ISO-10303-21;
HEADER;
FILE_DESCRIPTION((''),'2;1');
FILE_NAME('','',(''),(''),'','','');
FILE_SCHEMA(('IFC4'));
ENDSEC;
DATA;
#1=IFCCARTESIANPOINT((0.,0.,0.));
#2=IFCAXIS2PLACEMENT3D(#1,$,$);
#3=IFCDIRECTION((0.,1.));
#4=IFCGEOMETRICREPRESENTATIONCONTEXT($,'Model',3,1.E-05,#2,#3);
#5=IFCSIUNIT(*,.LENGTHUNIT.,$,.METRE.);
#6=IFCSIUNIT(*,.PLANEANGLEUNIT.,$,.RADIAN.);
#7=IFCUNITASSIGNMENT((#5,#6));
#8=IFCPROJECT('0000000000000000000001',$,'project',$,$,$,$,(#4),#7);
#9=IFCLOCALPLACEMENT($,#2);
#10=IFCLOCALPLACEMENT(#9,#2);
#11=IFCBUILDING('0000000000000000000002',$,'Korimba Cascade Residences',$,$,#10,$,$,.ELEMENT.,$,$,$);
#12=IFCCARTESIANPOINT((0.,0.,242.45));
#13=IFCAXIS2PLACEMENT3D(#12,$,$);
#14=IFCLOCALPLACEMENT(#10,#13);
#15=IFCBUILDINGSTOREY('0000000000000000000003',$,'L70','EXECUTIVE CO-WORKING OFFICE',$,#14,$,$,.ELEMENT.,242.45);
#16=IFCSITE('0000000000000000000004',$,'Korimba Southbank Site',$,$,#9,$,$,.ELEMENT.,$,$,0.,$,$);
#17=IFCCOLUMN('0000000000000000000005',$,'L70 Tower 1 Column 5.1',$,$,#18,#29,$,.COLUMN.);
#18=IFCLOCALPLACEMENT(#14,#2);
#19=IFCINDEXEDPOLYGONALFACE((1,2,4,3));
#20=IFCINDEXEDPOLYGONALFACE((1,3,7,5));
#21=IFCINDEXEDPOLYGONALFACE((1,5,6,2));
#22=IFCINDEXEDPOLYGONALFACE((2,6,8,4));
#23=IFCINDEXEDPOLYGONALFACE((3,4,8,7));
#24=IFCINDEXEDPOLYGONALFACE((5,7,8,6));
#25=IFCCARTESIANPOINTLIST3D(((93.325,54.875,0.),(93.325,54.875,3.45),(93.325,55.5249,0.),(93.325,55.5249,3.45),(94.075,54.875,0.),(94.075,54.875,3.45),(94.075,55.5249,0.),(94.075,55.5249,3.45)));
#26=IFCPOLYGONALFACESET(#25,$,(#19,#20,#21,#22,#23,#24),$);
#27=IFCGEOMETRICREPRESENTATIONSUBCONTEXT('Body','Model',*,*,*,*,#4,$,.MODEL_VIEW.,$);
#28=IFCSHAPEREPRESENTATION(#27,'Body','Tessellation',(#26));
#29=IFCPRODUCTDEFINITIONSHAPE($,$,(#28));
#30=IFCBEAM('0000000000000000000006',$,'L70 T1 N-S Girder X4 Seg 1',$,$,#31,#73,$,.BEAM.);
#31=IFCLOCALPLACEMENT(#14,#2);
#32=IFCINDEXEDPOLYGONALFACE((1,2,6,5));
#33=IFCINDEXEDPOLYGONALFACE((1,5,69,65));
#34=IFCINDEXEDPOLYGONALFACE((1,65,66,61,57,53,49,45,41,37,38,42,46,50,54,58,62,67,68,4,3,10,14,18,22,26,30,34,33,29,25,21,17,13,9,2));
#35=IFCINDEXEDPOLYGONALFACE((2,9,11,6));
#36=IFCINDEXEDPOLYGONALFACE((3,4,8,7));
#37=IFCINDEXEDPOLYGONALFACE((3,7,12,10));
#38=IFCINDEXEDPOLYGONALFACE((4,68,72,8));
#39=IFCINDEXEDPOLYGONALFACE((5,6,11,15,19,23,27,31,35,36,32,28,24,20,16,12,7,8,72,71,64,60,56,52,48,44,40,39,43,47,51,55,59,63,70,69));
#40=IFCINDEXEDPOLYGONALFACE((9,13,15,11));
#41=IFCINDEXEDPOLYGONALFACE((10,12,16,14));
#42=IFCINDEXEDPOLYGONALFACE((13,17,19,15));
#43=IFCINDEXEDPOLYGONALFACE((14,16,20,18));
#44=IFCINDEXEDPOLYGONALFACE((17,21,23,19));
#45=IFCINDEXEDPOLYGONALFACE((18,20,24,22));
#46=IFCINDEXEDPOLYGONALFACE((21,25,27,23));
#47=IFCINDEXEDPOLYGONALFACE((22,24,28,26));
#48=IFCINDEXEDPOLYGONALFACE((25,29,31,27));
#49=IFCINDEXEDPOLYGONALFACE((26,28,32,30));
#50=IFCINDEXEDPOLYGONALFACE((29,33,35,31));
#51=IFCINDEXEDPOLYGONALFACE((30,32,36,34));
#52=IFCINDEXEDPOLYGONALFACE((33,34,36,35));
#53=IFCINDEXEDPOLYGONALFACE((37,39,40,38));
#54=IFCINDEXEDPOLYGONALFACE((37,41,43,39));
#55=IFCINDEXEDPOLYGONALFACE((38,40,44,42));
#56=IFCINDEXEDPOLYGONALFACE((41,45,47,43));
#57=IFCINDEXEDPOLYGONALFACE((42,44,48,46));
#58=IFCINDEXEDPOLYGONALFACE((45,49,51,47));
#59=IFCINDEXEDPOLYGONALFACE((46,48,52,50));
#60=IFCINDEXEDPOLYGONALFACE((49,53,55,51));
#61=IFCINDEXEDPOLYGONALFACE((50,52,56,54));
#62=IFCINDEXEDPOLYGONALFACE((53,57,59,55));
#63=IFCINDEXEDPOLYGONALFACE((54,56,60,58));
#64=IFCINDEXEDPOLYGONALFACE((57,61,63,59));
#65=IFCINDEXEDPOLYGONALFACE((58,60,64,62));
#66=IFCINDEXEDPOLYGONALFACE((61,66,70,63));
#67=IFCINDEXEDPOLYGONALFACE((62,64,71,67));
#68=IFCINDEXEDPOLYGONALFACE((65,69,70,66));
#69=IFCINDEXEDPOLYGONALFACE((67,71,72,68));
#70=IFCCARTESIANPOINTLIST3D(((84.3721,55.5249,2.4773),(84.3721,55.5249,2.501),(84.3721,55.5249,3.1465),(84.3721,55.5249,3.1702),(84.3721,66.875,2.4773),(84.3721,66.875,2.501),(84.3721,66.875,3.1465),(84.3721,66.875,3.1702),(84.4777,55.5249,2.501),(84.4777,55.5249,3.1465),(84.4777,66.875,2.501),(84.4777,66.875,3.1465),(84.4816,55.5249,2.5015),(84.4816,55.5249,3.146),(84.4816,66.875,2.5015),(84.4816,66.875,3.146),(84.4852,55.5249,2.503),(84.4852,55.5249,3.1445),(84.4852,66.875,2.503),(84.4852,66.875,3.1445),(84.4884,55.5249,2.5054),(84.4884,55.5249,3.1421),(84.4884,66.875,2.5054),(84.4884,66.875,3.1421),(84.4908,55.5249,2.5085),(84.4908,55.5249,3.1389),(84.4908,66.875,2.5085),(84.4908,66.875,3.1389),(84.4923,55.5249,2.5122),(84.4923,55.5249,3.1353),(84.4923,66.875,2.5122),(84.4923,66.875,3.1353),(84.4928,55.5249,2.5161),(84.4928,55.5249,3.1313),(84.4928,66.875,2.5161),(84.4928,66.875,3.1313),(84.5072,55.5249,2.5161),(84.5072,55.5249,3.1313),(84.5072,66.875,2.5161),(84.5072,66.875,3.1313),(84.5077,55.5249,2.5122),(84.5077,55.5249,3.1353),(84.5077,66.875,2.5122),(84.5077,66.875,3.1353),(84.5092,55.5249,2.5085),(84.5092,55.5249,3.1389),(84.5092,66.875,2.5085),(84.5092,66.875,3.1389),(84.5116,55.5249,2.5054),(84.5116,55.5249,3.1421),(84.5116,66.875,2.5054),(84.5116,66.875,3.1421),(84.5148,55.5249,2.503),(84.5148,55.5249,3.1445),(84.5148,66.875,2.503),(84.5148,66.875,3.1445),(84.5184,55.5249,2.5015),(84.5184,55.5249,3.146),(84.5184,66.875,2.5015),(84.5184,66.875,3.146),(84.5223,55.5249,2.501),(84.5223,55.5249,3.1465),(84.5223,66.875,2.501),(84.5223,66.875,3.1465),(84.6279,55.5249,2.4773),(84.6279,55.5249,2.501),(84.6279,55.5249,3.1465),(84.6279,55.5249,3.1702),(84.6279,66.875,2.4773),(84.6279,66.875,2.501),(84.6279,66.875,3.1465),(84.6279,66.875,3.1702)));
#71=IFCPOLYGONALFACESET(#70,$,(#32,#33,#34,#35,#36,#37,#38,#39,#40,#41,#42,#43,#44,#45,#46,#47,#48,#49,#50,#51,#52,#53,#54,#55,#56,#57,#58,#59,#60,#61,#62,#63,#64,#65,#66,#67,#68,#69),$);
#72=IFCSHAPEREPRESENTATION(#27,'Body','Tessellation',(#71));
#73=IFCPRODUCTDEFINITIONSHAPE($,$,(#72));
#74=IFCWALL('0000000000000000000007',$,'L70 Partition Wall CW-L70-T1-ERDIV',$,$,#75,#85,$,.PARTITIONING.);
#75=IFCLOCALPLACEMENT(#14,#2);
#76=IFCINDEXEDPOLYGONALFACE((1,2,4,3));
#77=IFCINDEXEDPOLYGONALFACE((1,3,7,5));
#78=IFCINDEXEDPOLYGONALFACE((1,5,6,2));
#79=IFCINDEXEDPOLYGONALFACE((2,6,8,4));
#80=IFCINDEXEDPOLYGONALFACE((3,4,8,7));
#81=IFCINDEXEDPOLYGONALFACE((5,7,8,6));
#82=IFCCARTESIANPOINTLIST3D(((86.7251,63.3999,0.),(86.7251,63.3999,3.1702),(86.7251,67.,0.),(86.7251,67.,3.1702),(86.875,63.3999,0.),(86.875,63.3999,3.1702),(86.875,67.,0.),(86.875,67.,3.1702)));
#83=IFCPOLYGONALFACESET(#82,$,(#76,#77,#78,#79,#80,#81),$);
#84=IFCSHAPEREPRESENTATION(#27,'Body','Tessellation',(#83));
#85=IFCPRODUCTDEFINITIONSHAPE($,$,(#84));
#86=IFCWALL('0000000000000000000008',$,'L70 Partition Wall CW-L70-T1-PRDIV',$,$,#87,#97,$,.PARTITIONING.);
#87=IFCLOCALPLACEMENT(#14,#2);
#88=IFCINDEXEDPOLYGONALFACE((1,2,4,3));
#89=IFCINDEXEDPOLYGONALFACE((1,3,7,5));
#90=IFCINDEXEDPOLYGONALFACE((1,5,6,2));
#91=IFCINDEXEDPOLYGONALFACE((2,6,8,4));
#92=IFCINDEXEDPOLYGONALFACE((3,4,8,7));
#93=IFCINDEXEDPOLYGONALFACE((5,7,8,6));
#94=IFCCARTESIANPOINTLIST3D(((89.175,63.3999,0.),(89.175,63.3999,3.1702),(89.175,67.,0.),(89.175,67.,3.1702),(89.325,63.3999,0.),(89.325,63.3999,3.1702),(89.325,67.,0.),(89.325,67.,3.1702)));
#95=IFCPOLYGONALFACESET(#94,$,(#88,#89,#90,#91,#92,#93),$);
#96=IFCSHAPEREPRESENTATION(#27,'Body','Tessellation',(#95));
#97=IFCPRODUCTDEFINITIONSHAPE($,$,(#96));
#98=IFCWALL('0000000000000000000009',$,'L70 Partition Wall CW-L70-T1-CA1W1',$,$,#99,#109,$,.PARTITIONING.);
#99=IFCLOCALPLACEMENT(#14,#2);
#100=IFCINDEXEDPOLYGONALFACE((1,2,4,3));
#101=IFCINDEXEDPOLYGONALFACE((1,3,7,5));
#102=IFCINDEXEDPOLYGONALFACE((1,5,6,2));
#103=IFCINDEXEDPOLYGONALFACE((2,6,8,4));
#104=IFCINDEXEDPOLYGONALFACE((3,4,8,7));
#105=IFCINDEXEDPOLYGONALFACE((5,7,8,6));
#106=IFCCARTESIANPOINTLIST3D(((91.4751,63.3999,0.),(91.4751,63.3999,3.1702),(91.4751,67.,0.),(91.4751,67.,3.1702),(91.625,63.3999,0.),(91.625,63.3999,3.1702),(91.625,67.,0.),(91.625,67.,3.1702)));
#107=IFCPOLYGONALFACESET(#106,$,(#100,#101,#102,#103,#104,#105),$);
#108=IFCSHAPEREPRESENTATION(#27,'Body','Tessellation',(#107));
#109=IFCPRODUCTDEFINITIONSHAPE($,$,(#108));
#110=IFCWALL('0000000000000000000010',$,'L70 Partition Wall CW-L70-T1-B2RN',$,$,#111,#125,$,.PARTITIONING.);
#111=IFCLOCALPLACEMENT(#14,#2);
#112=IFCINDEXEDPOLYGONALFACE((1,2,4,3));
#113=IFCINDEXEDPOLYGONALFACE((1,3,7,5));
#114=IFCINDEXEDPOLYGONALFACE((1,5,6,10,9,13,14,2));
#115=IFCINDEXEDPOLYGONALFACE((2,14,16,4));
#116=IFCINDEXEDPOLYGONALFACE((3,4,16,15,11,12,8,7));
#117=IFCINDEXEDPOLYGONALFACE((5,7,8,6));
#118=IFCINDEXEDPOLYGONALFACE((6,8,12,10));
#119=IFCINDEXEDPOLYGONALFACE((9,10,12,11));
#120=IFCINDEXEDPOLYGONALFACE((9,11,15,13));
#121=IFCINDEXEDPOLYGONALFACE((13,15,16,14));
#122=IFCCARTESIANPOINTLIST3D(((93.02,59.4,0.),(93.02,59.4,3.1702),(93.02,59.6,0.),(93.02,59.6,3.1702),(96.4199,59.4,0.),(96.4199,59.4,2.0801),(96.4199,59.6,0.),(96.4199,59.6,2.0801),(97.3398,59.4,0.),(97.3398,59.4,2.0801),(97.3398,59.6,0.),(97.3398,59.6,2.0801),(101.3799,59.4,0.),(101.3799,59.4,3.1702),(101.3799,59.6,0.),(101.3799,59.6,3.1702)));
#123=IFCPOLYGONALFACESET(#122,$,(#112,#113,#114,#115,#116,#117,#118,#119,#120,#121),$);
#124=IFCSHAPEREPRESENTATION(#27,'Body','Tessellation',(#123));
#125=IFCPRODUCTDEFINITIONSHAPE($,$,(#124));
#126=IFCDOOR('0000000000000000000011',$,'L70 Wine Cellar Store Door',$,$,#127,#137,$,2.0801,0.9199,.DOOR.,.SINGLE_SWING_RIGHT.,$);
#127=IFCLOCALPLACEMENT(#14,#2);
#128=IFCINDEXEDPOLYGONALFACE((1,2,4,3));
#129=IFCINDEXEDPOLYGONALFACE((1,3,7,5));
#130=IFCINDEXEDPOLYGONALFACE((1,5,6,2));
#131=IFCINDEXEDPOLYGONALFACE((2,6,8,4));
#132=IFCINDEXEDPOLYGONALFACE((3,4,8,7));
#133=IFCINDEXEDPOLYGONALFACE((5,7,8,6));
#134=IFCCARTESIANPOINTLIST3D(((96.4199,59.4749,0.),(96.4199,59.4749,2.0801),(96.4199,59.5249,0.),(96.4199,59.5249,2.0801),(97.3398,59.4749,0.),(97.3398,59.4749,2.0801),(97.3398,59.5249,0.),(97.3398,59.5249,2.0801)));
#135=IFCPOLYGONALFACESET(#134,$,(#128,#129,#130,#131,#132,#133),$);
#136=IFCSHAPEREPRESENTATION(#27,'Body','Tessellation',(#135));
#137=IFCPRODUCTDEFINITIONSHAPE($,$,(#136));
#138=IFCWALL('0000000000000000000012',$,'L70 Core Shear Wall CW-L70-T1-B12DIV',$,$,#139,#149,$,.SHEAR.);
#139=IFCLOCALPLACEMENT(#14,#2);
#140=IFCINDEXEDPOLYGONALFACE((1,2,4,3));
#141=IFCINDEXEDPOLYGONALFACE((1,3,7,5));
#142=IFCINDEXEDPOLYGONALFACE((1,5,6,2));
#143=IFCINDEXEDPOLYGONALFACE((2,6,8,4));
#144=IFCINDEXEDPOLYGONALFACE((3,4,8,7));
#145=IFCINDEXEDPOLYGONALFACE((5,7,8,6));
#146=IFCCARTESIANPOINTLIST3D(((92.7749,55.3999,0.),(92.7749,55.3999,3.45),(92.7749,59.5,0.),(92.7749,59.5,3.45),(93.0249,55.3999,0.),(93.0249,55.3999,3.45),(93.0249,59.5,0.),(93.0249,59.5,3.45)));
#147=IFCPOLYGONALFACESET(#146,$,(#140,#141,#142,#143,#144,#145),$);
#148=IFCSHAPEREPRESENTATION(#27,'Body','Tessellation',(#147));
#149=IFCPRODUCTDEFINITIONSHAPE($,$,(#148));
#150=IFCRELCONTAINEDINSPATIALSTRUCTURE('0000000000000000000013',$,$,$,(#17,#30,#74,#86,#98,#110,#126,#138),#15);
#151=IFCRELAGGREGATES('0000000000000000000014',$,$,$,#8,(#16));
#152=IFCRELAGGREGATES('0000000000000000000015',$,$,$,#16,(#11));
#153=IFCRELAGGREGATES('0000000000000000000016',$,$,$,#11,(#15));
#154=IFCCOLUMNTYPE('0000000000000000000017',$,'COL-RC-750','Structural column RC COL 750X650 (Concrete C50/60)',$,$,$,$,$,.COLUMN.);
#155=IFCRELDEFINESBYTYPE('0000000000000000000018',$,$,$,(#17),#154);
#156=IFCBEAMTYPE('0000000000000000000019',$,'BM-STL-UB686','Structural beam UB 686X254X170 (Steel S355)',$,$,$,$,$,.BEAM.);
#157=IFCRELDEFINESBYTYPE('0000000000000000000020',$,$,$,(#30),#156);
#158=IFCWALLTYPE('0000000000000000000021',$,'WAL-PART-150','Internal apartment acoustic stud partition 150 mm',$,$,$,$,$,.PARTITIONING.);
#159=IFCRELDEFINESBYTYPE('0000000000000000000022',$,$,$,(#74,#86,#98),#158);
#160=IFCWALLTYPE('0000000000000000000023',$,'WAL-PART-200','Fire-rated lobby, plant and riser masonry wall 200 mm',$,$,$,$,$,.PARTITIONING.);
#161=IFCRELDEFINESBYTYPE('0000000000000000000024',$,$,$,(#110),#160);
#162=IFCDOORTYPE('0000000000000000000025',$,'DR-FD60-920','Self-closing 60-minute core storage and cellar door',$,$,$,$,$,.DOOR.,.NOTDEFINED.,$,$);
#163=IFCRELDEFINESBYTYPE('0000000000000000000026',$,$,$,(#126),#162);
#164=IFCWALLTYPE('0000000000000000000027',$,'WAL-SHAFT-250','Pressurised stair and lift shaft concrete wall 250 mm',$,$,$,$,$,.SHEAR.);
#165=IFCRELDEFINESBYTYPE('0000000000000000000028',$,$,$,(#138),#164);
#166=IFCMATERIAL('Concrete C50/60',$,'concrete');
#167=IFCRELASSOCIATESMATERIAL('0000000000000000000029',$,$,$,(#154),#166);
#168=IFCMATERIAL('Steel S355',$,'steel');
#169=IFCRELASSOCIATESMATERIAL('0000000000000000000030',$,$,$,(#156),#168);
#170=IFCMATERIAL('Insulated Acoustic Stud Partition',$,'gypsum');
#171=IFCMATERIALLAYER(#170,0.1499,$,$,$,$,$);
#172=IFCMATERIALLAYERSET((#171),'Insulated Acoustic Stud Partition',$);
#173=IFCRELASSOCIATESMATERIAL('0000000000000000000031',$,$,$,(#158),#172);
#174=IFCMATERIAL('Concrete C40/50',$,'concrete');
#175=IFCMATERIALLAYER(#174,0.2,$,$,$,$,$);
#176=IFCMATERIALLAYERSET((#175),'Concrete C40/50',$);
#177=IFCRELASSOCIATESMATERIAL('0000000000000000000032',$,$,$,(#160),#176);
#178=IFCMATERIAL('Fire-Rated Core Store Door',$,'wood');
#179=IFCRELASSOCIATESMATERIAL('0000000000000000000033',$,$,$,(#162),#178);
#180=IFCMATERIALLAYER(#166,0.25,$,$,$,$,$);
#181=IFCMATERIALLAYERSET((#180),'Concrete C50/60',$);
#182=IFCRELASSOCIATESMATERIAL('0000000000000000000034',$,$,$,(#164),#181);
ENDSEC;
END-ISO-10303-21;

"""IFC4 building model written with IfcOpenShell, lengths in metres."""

from ifc_helpers import new_model, si_unit, direction, frame, frame_2d, origin, origin_2d, place, context, subcontext, project, spatial, rectangle, i_section, extrude, material, layer, layer_set, material_profile, profile_set, type_object, element, fill, save


model = new_model("IFC4")

# Units and contexts
model_context = context("Model", 3, precision=1e-05, world=origin(), true_north=direction((0.0, 1.0)))
body_context = subcontext(model_context, "Body", "Model", "MODEL_VIEW")
ifc_project = project(units=[si_unit("LENGTHUNIT", "METRE"), si_unit("PLANEANGLEUNIT", "RADIAN")], contexts=[model_context])

# Site, building, storey
site_placement = place(None, origin())
site = spatial("IfcSite", under=ifc_project, at=site_placement, Name="Korimba Southbank Site", CompositionType="ELEMENT", RefElevation=0.0)
building_placement = place(site_placement, origin())
building = spatial("IfcBuilding", under=site, at=building_placement, Name="Korimba Cascade Residences", CompositionType="ELEMENT")
storey_placement = place(building_placement, frame((0.0, 0.0, 242.45)))
storey = spatial("IfcBuildingStorey", under=building, at=storey_placement, Name="L70", Description="EXECUTIVE CO-WORKING OFFICE", CompositionType="ELEMENT", Elevation=242.45)

# Column
ifc_material_1 = material(Name="Concrete C50/60", Category="concrete")
ifc_material_profile_1 = material_profile(ifc_material_1, rectangle(XDim=0.75, YDim=0.6499, at=origin_2d()), Name="Concrete C50/60")
ifc_profile_set_1 = profile_set([ifc_material_profile_1], Name="Concrete C50/60")
column_type = type_object("IfcColumnType", Name="COL-RC-750", Description="Structural column RC COL 750X650 (Concrete C50/60)", PredefinedType="COLUMN", material=ifc_profile_set_1)
column_placement = place(storey_placement, frame((93.7, 55.2, 0.0), z_axis=(0.0, 0.0, 1.0), x_axis=(1.0, 0.0, 0.0)))
element("IfcColumn", 1, at=column_placement, inside=storey, type_object=column_type, Name="L70 Tower 1 Column 5.1", PredefinedType="COLUMN", context=body_context, shape_type="SweptSolid", body=[
    extrude(rectangle(XDim=0.75, YDim=0.6499, at=origin_2d()), origin(), (0.0, 0.0, 1.0), 3.45),
])

# Beam
ifc_material_2 = material(Name="Steel S355", Category="steel")
ifc_material_profile_2 = material_profile(ifc_material_2, i_section(OverallWidth=0.2559, OverallDepth=0.6929, WebThickness=0.0144, FlangeThickness=0.0237, FilletRadius=0.0151, at=origin_2d()), Name="Steel S355")
ifc_profile_set_2 = profile_set([ifc_material_profile_2], Name="Steel S355")
beam_type = type_object("IfcBeamType", Name="BM-STL-UB686", Description="Structural beam UB 686X254X170 (Steel S355)", PredefinedType="BEAM", material=ifc_profile_set_2)
beam_placement = place(storey_placement, frame((84.5, 55.5249, 2.8237), z_axis=(0.0, 1.0, 0.0), x_axis=(-1.0, 0.0, 0.0)))
element("IfcBeam", 2, at=beam_placement, inside=storey, type_object=beam_type, Name="L70 T1 N-S Girder X4 Seg 1", PredefinedType="BEAM", context=body_context, shape_type="SweptSolid", body=[
    extrude(i_section(OverallWidth=0.2559, OverallDepth=0.6929, WebThickness=0.0144, FlangeThickness=0.0237, FilletRadius=0.0151, at=origin_2d()), origin(), (0.0, 0.0, 1.0), 11.3501),
])

# Walls
ifc_material_3 = material(Name="Insulated Acoustic Stud Partition", Category="gypsum")
ifc_layer_1 = layer(ifc_material_3, 0.1499)
ifc_layer_set_1 = layer_set([ifc_layer_1], Name="Insulated Acoustic Stud Partition")
wall_type_1 = type_object("IfcWallType", Name="WAL-PART-150", Description="Internal apartment acoustic stud partition 150 mm", PredefinedType="PARTITIONING", material=ifc_layer_set_1)
for number, where, z_axis, x_axis, name in (
    (3, (86.8, 63.3999, 0.0), (0.0, 0.0, 1.0), (0.0, 1.0, 0.0), "L70 Partition Wall CW-L70-T1-ERDIV"),
    (4, (89.25, 63.3999, 0.0), (0.0, 0.0, 1.0), (0.0, 1.0, 0.0), "L70 Partition Wall CW-L70-T1-PRDIV"),
    (5, (91.55, 63.3999, 0.0), (0.0, 0.0, 1.0), (0.0, 1.0, 0.0), "L70 Partition Wall CW-L70-T1-CA1W1"),
):
    element("IfcWall", number, at=place(storey_placement, frame(where, z_axis=z_axis, x_axis=x_axis)), inside=storey, type_object=wall_type_1, Name=name, PredefinedType="PARTITIONING", context=body_context, shape_type="SweptSolid", body=[
        extrude(rectangle(XDim=3.6001, YDim=0.1499, at=frame_2d((1.8, 0.0))), origin(), (0.0, 0.0, 1.0), 3.1702),
    ])

# Wall, opening, door
ifc_material_4 = material(Name="Concrete C40/50", Category="concrete")
ifc_layer_2 = layer(ifc_material_4, 0.2)
ifc_layer_set_2 = layer_set([ifc_layer_2], Name="Concrete C40/50")
wall_type_2 = type_object("IfcWallType", Name="WAL-PART-200", Description="Fire-rated lobby, plant and riser masonry wall 200 mm", PredefinedType="PARTITIONING", material=ifc_layer_set_2)
wall_1_placement = place(storey_placement, frame((93.02, 59.5, 0.0), z_axis=(0.0, 0.0, 1.0), x_axis=(1.0, 0.0, 0.0)))
wall_1 = element("IfcWall", 6, at=wall_1_placement, inside=storey, type_object=wall_type_2, Name="L70 Partition Wall CW-L70-T1-B2RN", PredefinedType="PARTITIONING", context=body_context, shape_type="SweptSolid", body=[
    extrude(rectangle(XDim=8.3599, YDim=0.2, at=frame_2d((4.1799, 0.0))), origin(), (0.0, 0.0, 1.0), 3.1702),
])
opening_placement = place(wall_1_placement, frame((3.3999, 0.0, 0.0)))
opening = element("IfcOpeningElement", 7, at=opening_placement, cuts=wall_1, PredefinedType="OPENING", context=body_context, shape_type="SweptSolid", body=[
    extrude(rectangle(XDim=0.9199, YDim=2.0801, at=frame_2d((0.46, 1.04))), frame((0.0, 0.1099, 0.0), z_axis=(0.0, -1.0, 0.0), x_axis=(1.0, 0.0, 0.0)), (0.0, 0.0, 1.0), 0.22),
])
ifc_material_5 = material(Name="Fire-Rated Core Store Door", Category="wood")
door_type = type_object("IfcDoorType", Name="DR-FD60-920", Description="Self-closing 60-minute core storage and cellar door", OperationType="NOTDEFINED", PredefinedType="DOOR", material=ifc_material_5)
door_placement = place(opening_placement, origin())
door = element("IfcDoor", 8, at=door_placement, inside=storey, type_object=door_type, Name="L70 Wine Cellar Store Door", OperationType="SINGLE_SWING_RIGHT", OverallHeight=2.0801, OverallWidth=0.9199, PredefinedType="DOOR", context=body_context, shape_type="SweptSolid", body=[
    extrude(rectangle(XDim=0.9199, YDim=2.0801, at=frame_2d((0.46, 1.04))), frame((0.0, 0.0249, 0.0), z_axis=(0.0, -1.0, 0.0), x_axis=(1.0, 0.0, 0.0)), (0.0, 0.0, 1.0), 0.05),
])
fill(opening, door)

# Wall
ifc_layer_3 = layer(ifc_material_1, 0.25)
ifc_layer_set_3 = layer_set([ifc_layer_3], Name="Concrete C50/60")
wall_type_3 = type_object("IfcWallType", Name="WAL-SHAFT-250", Description="Pressurised stair and lift shaft concrete wall 250 mm", PredefinedType="SHEAR", material=ifc_layer_set_3)
wall_2_placement = place(storey_placement, frame((92.8999, 55.3999, 0.0), z_axis=(0.0, 0.0, 1.0), x_axis=(0.0, 1.0, 0.0)))
element("IfcWall", 9, at=wall_2_placement, inside=storey, type_object=wall_type_3, Name="L70 Core Shear Wall CW-L70-T1-B12DIV", PredefinedType="SHEAR", context=body_context, shape_type="SweptSolid", body=[
    extrude(rectangle(XDim=4.1001, YDim=0.25, at=frame_2d((2.05, 0.0))), origin(), (0.0, 0.0, 1.0), 3.45),
])

save(model, "model.ifc")
